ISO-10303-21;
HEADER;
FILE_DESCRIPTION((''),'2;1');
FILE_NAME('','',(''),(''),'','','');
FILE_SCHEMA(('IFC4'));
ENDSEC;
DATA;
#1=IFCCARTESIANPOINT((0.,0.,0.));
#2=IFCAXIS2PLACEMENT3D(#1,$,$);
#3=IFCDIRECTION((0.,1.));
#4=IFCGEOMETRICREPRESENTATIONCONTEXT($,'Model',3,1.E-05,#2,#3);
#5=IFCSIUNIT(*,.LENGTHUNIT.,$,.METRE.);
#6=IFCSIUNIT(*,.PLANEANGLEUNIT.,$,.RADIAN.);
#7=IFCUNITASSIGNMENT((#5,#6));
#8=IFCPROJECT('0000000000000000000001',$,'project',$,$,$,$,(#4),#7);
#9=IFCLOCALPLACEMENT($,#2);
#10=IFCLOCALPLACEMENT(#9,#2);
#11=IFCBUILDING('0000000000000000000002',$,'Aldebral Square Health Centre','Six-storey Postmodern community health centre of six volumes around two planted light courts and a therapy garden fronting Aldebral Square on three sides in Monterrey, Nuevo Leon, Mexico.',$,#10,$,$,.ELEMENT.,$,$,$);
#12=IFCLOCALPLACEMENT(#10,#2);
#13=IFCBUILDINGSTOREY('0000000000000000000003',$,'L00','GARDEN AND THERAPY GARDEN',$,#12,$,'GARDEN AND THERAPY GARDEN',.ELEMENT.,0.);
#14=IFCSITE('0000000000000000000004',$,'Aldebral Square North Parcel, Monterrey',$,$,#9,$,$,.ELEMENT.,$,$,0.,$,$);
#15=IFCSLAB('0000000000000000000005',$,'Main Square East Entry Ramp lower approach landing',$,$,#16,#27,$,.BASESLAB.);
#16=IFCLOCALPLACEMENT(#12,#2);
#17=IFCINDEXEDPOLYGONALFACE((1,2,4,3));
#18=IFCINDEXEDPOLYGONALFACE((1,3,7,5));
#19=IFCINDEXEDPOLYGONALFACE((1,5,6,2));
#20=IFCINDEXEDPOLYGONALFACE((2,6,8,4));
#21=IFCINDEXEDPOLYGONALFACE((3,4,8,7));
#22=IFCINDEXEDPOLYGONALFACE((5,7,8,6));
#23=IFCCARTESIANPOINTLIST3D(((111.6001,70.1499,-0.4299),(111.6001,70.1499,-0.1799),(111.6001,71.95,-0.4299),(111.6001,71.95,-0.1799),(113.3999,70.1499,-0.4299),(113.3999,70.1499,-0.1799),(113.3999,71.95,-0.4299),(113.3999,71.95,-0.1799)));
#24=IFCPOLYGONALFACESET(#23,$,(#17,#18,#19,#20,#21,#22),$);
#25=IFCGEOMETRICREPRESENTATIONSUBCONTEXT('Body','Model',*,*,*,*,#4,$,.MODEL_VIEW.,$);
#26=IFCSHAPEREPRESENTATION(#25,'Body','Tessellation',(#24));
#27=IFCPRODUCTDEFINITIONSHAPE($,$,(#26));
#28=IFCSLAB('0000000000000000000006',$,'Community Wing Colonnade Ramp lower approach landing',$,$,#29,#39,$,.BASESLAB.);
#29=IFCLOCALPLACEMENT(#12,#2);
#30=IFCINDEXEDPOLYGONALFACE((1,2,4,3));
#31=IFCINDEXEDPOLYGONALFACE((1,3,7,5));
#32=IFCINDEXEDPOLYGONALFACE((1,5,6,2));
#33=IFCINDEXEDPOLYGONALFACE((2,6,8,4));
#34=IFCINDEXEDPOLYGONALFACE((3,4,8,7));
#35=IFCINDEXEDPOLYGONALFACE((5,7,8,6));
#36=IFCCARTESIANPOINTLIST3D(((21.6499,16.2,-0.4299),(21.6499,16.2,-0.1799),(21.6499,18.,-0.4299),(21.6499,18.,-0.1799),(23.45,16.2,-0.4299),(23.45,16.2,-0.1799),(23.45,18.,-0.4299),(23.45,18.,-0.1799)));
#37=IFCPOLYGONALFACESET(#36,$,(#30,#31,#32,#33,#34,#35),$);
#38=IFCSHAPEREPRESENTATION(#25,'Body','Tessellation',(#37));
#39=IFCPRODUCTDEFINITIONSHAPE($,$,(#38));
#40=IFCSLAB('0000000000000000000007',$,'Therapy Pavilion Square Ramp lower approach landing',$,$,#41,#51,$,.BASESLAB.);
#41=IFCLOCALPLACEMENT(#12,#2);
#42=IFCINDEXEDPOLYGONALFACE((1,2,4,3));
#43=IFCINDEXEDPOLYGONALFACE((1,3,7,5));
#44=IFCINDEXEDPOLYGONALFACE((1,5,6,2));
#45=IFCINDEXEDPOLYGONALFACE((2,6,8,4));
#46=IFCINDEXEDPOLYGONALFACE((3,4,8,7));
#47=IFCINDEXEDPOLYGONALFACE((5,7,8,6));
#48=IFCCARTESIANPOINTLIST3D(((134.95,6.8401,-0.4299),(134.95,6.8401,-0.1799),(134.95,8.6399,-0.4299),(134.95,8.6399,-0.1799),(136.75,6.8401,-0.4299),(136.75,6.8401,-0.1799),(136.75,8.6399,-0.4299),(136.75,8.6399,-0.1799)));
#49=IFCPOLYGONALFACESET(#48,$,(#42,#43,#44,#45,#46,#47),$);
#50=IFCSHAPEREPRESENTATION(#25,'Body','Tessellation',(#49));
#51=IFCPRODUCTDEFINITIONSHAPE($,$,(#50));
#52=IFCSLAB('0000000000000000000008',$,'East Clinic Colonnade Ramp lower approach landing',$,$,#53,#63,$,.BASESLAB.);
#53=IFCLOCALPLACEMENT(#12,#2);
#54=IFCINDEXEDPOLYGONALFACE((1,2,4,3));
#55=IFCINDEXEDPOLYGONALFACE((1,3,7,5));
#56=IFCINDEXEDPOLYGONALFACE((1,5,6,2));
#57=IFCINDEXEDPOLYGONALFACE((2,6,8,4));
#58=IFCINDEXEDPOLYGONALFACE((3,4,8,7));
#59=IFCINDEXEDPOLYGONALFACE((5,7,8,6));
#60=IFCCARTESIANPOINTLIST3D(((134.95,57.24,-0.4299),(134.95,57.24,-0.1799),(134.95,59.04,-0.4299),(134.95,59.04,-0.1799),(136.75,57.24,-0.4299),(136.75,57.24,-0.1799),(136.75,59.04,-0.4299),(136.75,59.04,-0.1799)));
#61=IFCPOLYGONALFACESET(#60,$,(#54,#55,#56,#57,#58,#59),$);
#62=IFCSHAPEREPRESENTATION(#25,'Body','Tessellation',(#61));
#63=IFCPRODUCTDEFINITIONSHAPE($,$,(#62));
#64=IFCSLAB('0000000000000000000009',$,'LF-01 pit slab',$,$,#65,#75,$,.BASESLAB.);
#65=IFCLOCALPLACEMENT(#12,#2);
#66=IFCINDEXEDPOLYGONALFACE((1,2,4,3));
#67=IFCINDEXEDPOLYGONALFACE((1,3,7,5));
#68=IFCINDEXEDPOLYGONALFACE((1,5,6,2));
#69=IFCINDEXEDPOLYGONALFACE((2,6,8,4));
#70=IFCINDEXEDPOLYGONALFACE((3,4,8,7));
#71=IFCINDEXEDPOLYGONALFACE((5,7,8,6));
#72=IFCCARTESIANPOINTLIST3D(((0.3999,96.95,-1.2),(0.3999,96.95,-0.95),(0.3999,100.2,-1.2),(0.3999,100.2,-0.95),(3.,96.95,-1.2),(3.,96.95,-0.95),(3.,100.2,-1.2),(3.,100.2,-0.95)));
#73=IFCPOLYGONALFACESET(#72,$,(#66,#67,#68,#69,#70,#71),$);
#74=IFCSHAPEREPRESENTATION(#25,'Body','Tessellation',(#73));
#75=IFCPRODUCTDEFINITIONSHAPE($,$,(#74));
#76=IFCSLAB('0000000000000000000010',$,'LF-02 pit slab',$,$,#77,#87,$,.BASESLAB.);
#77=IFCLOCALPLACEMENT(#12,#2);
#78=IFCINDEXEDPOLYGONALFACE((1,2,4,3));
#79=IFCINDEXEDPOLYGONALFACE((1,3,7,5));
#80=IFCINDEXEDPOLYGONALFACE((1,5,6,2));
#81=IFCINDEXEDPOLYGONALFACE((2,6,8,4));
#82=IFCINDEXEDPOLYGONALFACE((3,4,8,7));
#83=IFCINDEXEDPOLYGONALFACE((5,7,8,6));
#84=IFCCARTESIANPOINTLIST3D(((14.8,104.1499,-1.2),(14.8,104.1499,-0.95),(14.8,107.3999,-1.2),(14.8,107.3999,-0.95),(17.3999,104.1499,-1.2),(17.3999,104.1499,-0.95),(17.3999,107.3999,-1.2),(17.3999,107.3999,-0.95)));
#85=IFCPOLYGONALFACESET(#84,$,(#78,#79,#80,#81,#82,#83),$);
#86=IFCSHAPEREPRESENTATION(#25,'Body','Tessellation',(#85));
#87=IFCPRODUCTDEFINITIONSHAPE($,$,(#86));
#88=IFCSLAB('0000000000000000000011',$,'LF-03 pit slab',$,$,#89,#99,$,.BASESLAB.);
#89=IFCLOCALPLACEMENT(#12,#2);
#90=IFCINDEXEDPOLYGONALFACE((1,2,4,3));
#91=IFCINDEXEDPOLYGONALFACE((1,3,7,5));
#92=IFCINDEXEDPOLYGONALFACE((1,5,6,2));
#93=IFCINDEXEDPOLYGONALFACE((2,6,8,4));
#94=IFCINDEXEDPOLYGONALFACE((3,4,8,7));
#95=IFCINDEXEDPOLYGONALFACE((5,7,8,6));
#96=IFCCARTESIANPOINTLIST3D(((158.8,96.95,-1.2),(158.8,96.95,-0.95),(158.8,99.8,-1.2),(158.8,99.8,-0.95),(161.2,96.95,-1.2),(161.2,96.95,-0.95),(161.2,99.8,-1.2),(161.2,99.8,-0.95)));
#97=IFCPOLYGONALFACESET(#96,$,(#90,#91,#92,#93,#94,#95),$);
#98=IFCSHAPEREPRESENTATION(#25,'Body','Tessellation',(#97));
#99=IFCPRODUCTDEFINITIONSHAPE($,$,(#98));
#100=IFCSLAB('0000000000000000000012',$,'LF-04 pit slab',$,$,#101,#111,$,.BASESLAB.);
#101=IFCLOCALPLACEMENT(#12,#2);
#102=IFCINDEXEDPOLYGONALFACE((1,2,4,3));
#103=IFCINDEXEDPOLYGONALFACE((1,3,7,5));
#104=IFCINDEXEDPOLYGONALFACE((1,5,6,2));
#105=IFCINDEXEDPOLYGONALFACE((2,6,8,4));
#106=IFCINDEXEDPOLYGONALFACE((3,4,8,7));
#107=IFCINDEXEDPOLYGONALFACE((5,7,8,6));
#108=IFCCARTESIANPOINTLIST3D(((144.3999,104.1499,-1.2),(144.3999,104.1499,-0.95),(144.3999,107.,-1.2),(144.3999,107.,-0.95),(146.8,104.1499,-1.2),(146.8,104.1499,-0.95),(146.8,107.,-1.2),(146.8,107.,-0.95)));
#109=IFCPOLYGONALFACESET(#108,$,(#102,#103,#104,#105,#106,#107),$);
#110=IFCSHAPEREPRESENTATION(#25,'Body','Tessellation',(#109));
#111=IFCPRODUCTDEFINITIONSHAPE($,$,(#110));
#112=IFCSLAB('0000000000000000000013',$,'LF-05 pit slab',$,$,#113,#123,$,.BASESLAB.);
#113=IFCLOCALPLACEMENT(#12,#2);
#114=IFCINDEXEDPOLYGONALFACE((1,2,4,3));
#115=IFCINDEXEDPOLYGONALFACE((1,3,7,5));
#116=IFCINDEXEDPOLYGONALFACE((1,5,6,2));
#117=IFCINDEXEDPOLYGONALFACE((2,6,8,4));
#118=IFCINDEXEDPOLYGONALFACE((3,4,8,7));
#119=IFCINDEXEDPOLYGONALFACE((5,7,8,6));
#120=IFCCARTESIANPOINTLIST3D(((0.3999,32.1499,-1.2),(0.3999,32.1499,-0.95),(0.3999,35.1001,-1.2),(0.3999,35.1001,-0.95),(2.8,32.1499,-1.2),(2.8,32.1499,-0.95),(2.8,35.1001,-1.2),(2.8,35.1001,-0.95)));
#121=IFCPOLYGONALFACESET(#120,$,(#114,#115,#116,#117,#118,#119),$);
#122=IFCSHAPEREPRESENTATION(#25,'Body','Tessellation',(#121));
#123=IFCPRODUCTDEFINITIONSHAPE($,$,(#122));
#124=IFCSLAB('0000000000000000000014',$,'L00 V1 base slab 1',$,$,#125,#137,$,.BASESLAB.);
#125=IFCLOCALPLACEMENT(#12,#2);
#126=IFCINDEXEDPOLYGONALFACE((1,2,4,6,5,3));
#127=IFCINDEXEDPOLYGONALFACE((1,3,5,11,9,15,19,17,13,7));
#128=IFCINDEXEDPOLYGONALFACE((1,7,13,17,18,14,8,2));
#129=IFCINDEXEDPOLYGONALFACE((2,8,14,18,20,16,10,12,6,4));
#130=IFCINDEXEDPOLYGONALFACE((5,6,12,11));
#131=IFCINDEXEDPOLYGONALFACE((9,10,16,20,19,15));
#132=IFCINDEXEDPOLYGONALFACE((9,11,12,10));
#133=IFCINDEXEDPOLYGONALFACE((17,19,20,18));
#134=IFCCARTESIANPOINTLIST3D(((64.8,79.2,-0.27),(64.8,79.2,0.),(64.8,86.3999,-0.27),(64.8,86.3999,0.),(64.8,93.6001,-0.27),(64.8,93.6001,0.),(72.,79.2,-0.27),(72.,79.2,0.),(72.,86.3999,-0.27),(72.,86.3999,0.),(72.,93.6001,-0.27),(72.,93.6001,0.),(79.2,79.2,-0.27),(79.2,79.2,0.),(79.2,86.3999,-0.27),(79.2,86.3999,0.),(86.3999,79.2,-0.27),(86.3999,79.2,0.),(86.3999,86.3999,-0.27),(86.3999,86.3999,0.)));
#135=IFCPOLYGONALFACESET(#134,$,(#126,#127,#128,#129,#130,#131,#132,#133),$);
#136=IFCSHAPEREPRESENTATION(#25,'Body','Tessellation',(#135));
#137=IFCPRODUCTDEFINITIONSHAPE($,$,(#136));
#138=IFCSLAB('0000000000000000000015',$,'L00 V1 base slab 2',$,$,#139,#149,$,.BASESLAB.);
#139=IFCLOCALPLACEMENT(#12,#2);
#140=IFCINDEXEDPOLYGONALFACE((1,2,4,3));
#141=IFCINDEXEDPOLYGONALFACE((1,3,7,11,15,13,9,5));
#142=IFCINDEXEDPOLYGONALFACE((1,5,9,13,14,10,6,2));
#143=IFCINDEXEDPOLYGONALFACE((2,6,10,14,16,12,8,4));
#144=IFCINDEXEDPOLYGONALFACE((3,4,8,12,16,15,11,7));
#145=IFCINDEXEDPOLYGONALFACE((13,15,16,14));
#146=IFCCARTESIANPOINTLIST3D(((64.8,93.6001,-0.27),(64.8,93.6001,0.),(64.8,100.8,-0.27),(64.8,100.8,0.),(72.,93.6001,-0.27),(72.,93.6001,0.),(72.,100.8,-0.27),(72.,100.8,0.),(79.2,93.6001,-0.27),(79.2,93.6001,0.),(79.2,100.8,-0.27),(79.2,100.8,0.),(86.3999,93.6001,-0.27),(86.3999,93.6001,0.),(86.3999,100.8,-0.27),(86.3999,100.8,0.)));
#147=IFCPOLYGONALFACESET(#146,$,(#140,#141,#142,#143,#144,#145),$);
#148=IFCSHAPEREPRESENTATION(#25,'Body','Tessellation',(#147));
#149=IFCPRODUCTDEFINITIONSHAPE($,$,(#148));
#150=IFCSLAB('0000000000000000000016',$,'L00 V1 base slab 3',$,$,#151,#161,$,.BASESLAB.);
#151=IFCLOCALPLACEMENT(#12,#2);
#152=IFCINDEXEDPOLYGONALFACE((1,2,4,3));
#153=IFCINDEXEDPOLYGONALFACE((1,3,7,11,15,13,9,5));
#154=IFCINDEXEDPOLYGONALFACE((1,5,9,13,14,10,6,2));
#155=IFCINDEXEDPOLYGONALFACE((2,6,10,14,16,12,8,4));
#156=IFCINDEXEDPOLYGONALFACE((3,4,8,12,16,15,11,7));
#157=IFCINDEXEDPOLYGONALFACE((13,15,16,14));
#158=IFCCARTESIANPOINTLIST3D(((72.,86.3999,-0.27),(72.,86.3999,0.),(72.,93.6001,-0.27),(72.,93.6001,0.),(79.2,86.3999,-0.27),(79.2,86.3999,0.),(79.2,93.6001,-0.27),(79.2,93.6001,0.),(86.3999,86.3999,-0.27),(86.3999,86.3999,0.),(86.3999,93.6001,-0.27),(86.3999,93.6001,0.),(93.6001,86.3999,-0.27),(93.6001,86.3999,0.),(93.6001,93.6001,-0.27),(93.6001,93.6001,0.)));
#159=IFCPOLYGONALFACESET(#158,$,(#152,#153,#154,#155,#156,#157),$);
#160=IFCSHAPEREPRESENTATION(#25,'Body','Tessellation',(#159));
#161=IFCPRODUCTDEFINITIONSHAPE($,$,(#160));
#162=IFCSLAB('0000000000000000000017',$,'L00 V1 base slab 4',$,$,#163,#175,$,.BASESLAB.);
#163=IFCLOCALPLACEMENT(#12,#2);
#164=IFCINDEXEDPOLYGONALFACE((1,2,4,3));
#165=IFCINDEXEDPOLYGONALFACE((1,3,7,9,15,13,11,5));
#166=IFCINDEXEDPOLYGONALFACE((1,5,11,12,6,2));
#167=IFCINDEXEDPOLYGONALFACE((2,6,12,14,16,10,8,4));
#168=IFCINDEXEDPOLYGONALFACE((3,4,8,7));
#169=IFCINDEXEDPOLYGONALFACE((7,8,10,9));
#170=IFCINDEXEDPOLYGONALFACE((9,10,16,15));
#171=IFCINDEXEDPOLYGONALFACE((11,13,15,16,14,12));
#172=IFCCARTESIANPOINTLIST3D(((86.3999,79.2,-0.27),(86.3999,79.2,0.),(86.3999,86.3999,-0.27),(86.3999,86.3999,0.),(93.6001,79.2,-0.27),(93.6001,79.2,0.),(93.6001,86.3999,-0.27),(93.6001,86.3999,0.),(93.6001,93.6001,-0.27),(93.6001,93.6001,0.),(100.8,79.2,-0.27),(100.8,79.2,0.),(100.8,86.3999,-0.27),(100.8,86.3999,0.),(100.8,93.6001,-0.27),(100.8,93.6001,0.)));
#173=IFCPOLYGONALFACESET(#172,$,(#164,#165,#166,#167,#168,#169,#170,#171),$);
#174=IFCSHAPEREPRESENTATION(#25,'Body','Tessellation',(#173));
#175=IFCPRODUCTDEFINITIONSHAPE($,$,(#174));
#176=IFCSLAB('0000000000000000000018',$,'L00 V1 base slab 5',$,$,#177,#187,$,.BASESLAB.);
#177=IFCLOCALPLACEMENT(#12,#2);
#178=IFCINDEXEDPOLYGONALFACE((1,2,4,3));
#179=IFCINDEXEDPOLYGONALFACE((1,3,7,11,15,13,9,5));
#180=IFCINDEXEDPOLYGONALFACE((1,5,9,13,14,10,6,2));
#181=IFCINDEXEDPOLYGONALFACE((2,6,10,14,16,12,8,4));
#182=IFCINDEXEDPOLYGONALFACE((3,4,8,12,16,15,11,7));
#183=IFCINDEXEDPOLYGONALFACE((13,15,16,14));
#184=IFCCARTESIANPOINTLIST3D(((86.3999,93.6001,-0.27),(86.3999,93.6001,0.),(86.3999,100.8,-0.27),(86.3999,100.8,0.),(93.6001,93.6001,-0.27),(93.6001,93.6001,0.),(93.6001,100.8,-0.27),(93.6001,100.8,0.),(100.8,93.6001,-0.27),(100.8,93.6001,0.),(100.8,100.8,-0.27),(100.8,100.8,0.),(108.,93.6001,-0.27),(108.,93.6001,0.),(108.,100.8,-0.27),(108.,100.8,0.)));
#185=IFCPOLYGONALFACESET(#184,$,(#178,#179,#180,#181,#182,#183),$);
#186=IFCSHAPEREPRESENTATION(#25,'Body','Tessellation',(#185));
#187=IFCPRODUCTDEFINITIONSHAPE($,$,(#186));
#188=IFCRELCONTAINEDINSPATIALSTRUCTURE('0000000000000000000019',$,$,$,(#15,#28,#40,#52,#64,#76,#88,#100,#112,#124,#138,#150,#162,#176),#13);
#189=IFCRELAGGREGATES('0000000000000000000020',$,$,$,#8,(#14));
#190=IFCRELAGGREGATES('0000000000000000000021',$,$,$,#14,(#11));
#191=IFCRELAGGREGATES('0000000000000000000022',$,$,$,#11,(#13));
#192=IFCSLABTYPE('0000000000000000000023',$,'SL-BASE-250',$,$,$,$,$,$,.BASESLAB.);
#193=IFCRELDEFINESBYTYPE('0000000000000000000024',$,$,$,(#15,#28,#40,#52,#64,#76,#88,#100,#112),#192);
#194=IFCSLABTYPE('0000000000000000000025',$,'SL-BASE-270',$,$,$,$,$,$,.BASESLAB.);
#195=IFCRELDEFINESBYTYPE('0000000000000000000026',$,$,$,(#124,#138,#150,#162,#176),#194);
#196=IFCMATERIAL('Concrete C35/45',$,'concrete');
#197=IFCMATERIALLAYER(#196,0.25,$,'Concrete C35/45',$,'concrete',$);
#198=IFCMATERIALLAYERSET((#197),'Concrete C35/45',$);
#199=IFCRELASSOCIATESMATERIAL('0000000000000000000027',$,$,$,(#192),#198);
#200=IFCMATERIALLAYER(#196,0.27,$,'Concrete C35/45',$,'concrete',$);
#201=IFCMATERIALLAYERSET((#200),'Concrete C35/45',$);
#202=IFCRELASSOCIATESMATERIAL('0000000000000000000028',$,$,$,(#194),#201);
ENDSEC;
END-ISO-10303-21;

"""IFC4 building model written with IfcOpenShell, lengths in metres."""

from ifc_helpers import new_model, si_unit, direction, frame, origin, place, context, subcontext, project, spatial, polyline, outline, extrude, material, layer, layer_set, type_object, element, save


model = new_model("IFC4")

# Units and contexts
model_context = context("Model", 3, precision=1e-05, world=origin(), true_north=direction((0.0, 1.0)))
body_context = subcontext(model_context, "Body", "Model", "MODEL_VIEW")
ifc_project = project(units=[si_unit("LENGTHUNIT", "METRE"), si_unit("PLANEANGLEUNIT", "RADIAN")], contexts=[model_context])

# Site, building, storey
site_placement = place(None, origin())
site = spatial("IfcSite", under=ifc_project, at=site_placement, Name="Aldebral Square North Parcel, Monterrey", CompositionType="ELEMENT", RefElevation=0.0)
building_placement = place(site_placement, origin())
building = spatial("IfcBuilding", under=site, at=building_placement, Name="Aldebral Square Health Centre", Description="Six-storey Postmodern community health centre of six volumes around two planted light courts and a therapy garden fronting Aldebral Square on three sides in Monterrey, Nuevo Leon, Mexico.", CompositionType="ELEMENT")
storey_placement = place(building_placement, origin())
storey = spatial("IfcBuildingStorey", under=building, at=storey_placement, Name="L00", Description="GARDEN AND THERAPY GARDEN", LongName="GARDEN AND THERAPY GARDEN", CompositionType="ELEMENT", Elevation=0.0)

# Shared definitions
ifc_material_1 = material(Name="Concrete C35/45", Category="concrete")

# Slabs
ifc_layer_1 = layer(ifc_material_1, 0.25, Name="Concrete C35/45", Category="concrete")
ifc_layer_set_1 = layer_set([ifc_layer_1], Name="Concrete C35/45")
slab_type_1 = type_object("IfcSlabType", Name="SL-BASE-250", PredefinedType="BASESLAB", material=ifc_layer_set_1)
slab_1_placement = place(storey_placement, frame((0.0, 0.0, -0.4299)))
element("IfcSlab", 1, at=slab_1_placement, inside=storey, type_object=slab_type_1, Name="Main Square East Entry Ramp lower approach landing", PredefinedType="BASESLAB", context=body_context, shape_type="SweptSolid", body=[
    extrude(outline(polyline([(113.3999, 71.95), (111.6001, 71.95), (111.6001, 70.1499), (113.3999, 70.1499), (113.3999, 71.95)])), origin(), (0.0, 0.0, 1.0), 0.25),
])
slab_2_placement = place(storey_placement, frame((0.0, 0.0, -0.4299)))
element("IfcSlab", 2, at=slab_2_placement, inside=storey, type_object=slab_type_1, Name="Community Wing Colonnade Ramp lower approach landing", PredefinedType="BASESLAB", context=body_context, shape_type="SweptSolid", body=[
    extrude(outline(polyline([(23.45, 16.2), (23.45, 18.0), (21.6499, 18.0), (21.6499, 16.2), (23.45, 16.2)])), origin(), (0.0, 0.0, 1.0), 0.25),
])
slab_3_placement = place(storey_placement, frame((0.0, 0.0, -0.4299)))
element("IfcSlab", 3, at=slab_3_placement, inside=storey, type_object=slab_type_1, Name="Therapy Pavilion Square Ramp lower approach landing", PredefinedType="BASESLAB", context=body_context, shape_type="SweptSolid", body=[
    extrude(outline(polyline([(136.75, 6.8401), (136.75, 8.6399), (134.95, 8.6399), (134.95, 6.8401), (136.75, 6.8401)])), origin(), (0.0, 0.0, 1.0), 0.25),
])
slab_4_placement = place(storey_placement, frame((0.0, 0.0, -0.4299)))
element("IfcSlab", 4, at=slab_4_placement, inside=storey, type_object=slab_type_1, Name="East Clinic Colonnade Ramp lower approach landing", PredefinedType="BASESLAB", context=body_context, shape_type="SweptSolid", body=[
    extrude(outline(polyline([(136.75, 57.24), (136.75, 59.04), (134.95, 59.04), (134.95, 57.24), (136.75, 57.24)])), origin(), (0.0, 0.0, 1.0), 0.25),
])
slab_5_placement = place(storey_placement, frame((0.0, 0.0, -1.2)))
element("IfcSlab", 5, at=slab_5_placement, inside=storey, type_object=slab_type_1, Name="LF-01 pit slab", PredefinedType="BASESLAB", context=body_context, shape_type="SweptSolid", body=[
    extrude(outline(polyline([(0.3999, 96.95), (3.0, 96.95), (3.0, 100.2), (0.3999, 100.2), (0.3999, 96.95)])), origin(), (0.0, 0.0, 1.0), 0.25),
])
slab_6_placement = place(storey_placement, frame((0.0, 0.0, -1.2)))
element("IfcSlab", 6, at=slab_6_placement, inside=storey, type_object=slab_type_1, Name="LF-02 pit slab", PredefinedType="BASESLAB", context=body_context, shape_type="SweptSolid", body=[
    extrude(outline(polyline([(14.8, 104.1499), (17.3999, 104.1499), (17.3999, 107.3999), (14.8, 107.3999), (14.8, 104.1499)])), origin(), (0.0, 0.0, 1.0), 0.25),
])
slab_7_placement = place(storey_placement, frame((0.0, 0.0, -1.2)))
element("IfcSlab", 7, at=slab_7_placement, inside=storey, type_object=slab_type_1, Name="LF-03 pit slab", PredefinedType="BASESLAB", context=body_context, shape_type="SweptSolid", body=[
    extrude(outline(polyline([(158.8, 96.95), (161.2, 96.95), (161.2, 99.8), (158.8, 99.8), (158.8, 96.95)])), origin(), (0.0, 0.0, 1.0), 0.25),
])
slab_8_placement = place(storey_placement, frame((0.0, 0.0, -1.2)))
element("IfcSlab", 8, at=slab_8_placement, inside=storey, type_object=slab_type_1, Name="LF-04 pit slab", PredefinedType="BASESLAB", context=body_context, shape_type="SweptSolid", body=[
    extrude(outline(polyline([(144.3999, 104.1499), (146.8, 104.1499), (146.8, 107.0), (144.3999, 107.0), (144.3999, 104.1499)])), origin(), (0.0, 0.0, 1.0), 0.25),
])
slab_9_placement = place(storey_placement, frame((0.0, 0.0, -1.2)))
element("IfcSlab", 9, at=slab_9_placement, inside=storey, type_object=slab_type_1, Name="LF-05 pit slab", PredefinedType="BASESLAB", context=body_context, shape_type="SweptSolid", body=[
    extrude(outline(polyline([(0.3999, 32.1499), (2.8, 32.1499), (2.8, 35.1001), (0.3999, 35.1001), (0.3999, 32.1499)])), origin(), (0.0, 0.0, 1.0), 0.25),
])
ifc_layer_2 = layer(ifc_material_1, 0.27, Name="Concrete C35/45", Category="concrete")
ifc_layer_set_2 = layer_set([ifc_layer_2], Name="Concrete C35/45")
slab_type_2 = type_object("IfcSlabType", Name="SL-BASE-270", PredefinedType="BASESLAB", material=ifc_layer_set_2)
slab_10_placement = place(storey_placement, frame((0.0, 0.0, -0.27)))
element("IfcSlab", 10, at=slab_10_placement, inside=storey, type_object=slab_type_2, Name="L00 V1 base slab 1", PredefinedType="BASESLAB", context=body_context, shape_type="SweptSolid", body=[
    extrude(outline(polyline([(64.8, 86.3999), (64.8, 93.6001), (72.0, 93.6001), (72.0, 86.3999), (79.2, 86.3999), (86.3999, 86.3999), (86.3999, 79.2), (79.2, 79.2), (72.0, 79.2), (64.8, 79.2), (64.8, 86.3999)])), origin(), (0.0, 0.0, 1.0), 0.27),
])
slab_11_placement = place(storey_placement, frame((0.0, 0.0, -0.27)))
element("IfcSlab", 11, at=slab_11_placement, inside=storey, type_object=slab_type_2, Name="L00 V1 base slab 2", PredefinedType="BASESLAB", context=body_context, shape_type="SweptSolid", body=[
    extrude(outline(polyline([(64.8, 93.6001), (64.8, 100.8), (72.0, 100.8), (79.2, 100.8), (86.3999, 100.8), (86.3999, 93.6001), (79.2, 93.6001), (72.0, 93.6001), (64.8, 93.6001)])), origin(), (0.0, 0.0, 1.0), 0.27),
])
slab_12_placement = place(storey_placement, frame((0.0, 0.0, -0.27)))
element("IfcSlab", 12, at=slab_12_placement, inside=storey, type_object=slab_type_2, Name="L00 V1 base slab 3", PredefinedType="BASESLAB", context=body_context, shape_type="SweptSolid", body=[
    extrude(outline(polyline([(72.0, 86.3999), (72.0, 93.6001), (79.2, 93.6001), (86.3999, 93.6001), (93.6001, 93.6001), (93.6001, 86.3999), (86.3999, 86.3999), (79.2, 86.3999), (72.0, 86.3999)])), origin(), (0.0, 0.0, 1.0), 0.27),
])
slab_13_placement = place(storey_placement, frame((0.0, 0.0, -0.27)))
element("IfcSlab", 13, at=slab_13_placement, inside=storey, type_object=slab_type_2, Name="L00 V1 base slab 4", PredefinedType="BASESLAB", context=body_context, shape_type="SweptSolid", body=[
    extrude(outline(polyline([(86.3999, 79.2), (86.3999, 86.3999), (93.6001, 86.3999), (93.6001, 93.6001), (100.8, 93.6001), (100.8, 86.3999), (100.8, 79.2), (93.6001, 79.2), (86.3999, 79.2)])), origin(), (0.0, 0.0, 1.0), 0.27),
])
slab_14_placement = place(storey_placement, frame((0.0, 0.0, -0.27)))
element("IfcSlab", 14, at=slab_14_placement, inside=storey, type_object=slab_type_2, Name="L00 V1 base slab 5", PredefinedType="BASESLAB", context=body_context, shape_type="SweptSolid", body=[
    extrude(outline(polyline([(86.3999, 93.6001), (86.3999, 100.8), (93.6001, 100.8), (100.8, 100.8), (108.0, 100.8), (108.0, 93.6001), (100.8, 93.6001), (93.6001, 93.6001), (86.3999, 93.6001)])), origin(), (0.0, 0.0, 1.0), 0.27),
])

save(model, "model.ifc")
